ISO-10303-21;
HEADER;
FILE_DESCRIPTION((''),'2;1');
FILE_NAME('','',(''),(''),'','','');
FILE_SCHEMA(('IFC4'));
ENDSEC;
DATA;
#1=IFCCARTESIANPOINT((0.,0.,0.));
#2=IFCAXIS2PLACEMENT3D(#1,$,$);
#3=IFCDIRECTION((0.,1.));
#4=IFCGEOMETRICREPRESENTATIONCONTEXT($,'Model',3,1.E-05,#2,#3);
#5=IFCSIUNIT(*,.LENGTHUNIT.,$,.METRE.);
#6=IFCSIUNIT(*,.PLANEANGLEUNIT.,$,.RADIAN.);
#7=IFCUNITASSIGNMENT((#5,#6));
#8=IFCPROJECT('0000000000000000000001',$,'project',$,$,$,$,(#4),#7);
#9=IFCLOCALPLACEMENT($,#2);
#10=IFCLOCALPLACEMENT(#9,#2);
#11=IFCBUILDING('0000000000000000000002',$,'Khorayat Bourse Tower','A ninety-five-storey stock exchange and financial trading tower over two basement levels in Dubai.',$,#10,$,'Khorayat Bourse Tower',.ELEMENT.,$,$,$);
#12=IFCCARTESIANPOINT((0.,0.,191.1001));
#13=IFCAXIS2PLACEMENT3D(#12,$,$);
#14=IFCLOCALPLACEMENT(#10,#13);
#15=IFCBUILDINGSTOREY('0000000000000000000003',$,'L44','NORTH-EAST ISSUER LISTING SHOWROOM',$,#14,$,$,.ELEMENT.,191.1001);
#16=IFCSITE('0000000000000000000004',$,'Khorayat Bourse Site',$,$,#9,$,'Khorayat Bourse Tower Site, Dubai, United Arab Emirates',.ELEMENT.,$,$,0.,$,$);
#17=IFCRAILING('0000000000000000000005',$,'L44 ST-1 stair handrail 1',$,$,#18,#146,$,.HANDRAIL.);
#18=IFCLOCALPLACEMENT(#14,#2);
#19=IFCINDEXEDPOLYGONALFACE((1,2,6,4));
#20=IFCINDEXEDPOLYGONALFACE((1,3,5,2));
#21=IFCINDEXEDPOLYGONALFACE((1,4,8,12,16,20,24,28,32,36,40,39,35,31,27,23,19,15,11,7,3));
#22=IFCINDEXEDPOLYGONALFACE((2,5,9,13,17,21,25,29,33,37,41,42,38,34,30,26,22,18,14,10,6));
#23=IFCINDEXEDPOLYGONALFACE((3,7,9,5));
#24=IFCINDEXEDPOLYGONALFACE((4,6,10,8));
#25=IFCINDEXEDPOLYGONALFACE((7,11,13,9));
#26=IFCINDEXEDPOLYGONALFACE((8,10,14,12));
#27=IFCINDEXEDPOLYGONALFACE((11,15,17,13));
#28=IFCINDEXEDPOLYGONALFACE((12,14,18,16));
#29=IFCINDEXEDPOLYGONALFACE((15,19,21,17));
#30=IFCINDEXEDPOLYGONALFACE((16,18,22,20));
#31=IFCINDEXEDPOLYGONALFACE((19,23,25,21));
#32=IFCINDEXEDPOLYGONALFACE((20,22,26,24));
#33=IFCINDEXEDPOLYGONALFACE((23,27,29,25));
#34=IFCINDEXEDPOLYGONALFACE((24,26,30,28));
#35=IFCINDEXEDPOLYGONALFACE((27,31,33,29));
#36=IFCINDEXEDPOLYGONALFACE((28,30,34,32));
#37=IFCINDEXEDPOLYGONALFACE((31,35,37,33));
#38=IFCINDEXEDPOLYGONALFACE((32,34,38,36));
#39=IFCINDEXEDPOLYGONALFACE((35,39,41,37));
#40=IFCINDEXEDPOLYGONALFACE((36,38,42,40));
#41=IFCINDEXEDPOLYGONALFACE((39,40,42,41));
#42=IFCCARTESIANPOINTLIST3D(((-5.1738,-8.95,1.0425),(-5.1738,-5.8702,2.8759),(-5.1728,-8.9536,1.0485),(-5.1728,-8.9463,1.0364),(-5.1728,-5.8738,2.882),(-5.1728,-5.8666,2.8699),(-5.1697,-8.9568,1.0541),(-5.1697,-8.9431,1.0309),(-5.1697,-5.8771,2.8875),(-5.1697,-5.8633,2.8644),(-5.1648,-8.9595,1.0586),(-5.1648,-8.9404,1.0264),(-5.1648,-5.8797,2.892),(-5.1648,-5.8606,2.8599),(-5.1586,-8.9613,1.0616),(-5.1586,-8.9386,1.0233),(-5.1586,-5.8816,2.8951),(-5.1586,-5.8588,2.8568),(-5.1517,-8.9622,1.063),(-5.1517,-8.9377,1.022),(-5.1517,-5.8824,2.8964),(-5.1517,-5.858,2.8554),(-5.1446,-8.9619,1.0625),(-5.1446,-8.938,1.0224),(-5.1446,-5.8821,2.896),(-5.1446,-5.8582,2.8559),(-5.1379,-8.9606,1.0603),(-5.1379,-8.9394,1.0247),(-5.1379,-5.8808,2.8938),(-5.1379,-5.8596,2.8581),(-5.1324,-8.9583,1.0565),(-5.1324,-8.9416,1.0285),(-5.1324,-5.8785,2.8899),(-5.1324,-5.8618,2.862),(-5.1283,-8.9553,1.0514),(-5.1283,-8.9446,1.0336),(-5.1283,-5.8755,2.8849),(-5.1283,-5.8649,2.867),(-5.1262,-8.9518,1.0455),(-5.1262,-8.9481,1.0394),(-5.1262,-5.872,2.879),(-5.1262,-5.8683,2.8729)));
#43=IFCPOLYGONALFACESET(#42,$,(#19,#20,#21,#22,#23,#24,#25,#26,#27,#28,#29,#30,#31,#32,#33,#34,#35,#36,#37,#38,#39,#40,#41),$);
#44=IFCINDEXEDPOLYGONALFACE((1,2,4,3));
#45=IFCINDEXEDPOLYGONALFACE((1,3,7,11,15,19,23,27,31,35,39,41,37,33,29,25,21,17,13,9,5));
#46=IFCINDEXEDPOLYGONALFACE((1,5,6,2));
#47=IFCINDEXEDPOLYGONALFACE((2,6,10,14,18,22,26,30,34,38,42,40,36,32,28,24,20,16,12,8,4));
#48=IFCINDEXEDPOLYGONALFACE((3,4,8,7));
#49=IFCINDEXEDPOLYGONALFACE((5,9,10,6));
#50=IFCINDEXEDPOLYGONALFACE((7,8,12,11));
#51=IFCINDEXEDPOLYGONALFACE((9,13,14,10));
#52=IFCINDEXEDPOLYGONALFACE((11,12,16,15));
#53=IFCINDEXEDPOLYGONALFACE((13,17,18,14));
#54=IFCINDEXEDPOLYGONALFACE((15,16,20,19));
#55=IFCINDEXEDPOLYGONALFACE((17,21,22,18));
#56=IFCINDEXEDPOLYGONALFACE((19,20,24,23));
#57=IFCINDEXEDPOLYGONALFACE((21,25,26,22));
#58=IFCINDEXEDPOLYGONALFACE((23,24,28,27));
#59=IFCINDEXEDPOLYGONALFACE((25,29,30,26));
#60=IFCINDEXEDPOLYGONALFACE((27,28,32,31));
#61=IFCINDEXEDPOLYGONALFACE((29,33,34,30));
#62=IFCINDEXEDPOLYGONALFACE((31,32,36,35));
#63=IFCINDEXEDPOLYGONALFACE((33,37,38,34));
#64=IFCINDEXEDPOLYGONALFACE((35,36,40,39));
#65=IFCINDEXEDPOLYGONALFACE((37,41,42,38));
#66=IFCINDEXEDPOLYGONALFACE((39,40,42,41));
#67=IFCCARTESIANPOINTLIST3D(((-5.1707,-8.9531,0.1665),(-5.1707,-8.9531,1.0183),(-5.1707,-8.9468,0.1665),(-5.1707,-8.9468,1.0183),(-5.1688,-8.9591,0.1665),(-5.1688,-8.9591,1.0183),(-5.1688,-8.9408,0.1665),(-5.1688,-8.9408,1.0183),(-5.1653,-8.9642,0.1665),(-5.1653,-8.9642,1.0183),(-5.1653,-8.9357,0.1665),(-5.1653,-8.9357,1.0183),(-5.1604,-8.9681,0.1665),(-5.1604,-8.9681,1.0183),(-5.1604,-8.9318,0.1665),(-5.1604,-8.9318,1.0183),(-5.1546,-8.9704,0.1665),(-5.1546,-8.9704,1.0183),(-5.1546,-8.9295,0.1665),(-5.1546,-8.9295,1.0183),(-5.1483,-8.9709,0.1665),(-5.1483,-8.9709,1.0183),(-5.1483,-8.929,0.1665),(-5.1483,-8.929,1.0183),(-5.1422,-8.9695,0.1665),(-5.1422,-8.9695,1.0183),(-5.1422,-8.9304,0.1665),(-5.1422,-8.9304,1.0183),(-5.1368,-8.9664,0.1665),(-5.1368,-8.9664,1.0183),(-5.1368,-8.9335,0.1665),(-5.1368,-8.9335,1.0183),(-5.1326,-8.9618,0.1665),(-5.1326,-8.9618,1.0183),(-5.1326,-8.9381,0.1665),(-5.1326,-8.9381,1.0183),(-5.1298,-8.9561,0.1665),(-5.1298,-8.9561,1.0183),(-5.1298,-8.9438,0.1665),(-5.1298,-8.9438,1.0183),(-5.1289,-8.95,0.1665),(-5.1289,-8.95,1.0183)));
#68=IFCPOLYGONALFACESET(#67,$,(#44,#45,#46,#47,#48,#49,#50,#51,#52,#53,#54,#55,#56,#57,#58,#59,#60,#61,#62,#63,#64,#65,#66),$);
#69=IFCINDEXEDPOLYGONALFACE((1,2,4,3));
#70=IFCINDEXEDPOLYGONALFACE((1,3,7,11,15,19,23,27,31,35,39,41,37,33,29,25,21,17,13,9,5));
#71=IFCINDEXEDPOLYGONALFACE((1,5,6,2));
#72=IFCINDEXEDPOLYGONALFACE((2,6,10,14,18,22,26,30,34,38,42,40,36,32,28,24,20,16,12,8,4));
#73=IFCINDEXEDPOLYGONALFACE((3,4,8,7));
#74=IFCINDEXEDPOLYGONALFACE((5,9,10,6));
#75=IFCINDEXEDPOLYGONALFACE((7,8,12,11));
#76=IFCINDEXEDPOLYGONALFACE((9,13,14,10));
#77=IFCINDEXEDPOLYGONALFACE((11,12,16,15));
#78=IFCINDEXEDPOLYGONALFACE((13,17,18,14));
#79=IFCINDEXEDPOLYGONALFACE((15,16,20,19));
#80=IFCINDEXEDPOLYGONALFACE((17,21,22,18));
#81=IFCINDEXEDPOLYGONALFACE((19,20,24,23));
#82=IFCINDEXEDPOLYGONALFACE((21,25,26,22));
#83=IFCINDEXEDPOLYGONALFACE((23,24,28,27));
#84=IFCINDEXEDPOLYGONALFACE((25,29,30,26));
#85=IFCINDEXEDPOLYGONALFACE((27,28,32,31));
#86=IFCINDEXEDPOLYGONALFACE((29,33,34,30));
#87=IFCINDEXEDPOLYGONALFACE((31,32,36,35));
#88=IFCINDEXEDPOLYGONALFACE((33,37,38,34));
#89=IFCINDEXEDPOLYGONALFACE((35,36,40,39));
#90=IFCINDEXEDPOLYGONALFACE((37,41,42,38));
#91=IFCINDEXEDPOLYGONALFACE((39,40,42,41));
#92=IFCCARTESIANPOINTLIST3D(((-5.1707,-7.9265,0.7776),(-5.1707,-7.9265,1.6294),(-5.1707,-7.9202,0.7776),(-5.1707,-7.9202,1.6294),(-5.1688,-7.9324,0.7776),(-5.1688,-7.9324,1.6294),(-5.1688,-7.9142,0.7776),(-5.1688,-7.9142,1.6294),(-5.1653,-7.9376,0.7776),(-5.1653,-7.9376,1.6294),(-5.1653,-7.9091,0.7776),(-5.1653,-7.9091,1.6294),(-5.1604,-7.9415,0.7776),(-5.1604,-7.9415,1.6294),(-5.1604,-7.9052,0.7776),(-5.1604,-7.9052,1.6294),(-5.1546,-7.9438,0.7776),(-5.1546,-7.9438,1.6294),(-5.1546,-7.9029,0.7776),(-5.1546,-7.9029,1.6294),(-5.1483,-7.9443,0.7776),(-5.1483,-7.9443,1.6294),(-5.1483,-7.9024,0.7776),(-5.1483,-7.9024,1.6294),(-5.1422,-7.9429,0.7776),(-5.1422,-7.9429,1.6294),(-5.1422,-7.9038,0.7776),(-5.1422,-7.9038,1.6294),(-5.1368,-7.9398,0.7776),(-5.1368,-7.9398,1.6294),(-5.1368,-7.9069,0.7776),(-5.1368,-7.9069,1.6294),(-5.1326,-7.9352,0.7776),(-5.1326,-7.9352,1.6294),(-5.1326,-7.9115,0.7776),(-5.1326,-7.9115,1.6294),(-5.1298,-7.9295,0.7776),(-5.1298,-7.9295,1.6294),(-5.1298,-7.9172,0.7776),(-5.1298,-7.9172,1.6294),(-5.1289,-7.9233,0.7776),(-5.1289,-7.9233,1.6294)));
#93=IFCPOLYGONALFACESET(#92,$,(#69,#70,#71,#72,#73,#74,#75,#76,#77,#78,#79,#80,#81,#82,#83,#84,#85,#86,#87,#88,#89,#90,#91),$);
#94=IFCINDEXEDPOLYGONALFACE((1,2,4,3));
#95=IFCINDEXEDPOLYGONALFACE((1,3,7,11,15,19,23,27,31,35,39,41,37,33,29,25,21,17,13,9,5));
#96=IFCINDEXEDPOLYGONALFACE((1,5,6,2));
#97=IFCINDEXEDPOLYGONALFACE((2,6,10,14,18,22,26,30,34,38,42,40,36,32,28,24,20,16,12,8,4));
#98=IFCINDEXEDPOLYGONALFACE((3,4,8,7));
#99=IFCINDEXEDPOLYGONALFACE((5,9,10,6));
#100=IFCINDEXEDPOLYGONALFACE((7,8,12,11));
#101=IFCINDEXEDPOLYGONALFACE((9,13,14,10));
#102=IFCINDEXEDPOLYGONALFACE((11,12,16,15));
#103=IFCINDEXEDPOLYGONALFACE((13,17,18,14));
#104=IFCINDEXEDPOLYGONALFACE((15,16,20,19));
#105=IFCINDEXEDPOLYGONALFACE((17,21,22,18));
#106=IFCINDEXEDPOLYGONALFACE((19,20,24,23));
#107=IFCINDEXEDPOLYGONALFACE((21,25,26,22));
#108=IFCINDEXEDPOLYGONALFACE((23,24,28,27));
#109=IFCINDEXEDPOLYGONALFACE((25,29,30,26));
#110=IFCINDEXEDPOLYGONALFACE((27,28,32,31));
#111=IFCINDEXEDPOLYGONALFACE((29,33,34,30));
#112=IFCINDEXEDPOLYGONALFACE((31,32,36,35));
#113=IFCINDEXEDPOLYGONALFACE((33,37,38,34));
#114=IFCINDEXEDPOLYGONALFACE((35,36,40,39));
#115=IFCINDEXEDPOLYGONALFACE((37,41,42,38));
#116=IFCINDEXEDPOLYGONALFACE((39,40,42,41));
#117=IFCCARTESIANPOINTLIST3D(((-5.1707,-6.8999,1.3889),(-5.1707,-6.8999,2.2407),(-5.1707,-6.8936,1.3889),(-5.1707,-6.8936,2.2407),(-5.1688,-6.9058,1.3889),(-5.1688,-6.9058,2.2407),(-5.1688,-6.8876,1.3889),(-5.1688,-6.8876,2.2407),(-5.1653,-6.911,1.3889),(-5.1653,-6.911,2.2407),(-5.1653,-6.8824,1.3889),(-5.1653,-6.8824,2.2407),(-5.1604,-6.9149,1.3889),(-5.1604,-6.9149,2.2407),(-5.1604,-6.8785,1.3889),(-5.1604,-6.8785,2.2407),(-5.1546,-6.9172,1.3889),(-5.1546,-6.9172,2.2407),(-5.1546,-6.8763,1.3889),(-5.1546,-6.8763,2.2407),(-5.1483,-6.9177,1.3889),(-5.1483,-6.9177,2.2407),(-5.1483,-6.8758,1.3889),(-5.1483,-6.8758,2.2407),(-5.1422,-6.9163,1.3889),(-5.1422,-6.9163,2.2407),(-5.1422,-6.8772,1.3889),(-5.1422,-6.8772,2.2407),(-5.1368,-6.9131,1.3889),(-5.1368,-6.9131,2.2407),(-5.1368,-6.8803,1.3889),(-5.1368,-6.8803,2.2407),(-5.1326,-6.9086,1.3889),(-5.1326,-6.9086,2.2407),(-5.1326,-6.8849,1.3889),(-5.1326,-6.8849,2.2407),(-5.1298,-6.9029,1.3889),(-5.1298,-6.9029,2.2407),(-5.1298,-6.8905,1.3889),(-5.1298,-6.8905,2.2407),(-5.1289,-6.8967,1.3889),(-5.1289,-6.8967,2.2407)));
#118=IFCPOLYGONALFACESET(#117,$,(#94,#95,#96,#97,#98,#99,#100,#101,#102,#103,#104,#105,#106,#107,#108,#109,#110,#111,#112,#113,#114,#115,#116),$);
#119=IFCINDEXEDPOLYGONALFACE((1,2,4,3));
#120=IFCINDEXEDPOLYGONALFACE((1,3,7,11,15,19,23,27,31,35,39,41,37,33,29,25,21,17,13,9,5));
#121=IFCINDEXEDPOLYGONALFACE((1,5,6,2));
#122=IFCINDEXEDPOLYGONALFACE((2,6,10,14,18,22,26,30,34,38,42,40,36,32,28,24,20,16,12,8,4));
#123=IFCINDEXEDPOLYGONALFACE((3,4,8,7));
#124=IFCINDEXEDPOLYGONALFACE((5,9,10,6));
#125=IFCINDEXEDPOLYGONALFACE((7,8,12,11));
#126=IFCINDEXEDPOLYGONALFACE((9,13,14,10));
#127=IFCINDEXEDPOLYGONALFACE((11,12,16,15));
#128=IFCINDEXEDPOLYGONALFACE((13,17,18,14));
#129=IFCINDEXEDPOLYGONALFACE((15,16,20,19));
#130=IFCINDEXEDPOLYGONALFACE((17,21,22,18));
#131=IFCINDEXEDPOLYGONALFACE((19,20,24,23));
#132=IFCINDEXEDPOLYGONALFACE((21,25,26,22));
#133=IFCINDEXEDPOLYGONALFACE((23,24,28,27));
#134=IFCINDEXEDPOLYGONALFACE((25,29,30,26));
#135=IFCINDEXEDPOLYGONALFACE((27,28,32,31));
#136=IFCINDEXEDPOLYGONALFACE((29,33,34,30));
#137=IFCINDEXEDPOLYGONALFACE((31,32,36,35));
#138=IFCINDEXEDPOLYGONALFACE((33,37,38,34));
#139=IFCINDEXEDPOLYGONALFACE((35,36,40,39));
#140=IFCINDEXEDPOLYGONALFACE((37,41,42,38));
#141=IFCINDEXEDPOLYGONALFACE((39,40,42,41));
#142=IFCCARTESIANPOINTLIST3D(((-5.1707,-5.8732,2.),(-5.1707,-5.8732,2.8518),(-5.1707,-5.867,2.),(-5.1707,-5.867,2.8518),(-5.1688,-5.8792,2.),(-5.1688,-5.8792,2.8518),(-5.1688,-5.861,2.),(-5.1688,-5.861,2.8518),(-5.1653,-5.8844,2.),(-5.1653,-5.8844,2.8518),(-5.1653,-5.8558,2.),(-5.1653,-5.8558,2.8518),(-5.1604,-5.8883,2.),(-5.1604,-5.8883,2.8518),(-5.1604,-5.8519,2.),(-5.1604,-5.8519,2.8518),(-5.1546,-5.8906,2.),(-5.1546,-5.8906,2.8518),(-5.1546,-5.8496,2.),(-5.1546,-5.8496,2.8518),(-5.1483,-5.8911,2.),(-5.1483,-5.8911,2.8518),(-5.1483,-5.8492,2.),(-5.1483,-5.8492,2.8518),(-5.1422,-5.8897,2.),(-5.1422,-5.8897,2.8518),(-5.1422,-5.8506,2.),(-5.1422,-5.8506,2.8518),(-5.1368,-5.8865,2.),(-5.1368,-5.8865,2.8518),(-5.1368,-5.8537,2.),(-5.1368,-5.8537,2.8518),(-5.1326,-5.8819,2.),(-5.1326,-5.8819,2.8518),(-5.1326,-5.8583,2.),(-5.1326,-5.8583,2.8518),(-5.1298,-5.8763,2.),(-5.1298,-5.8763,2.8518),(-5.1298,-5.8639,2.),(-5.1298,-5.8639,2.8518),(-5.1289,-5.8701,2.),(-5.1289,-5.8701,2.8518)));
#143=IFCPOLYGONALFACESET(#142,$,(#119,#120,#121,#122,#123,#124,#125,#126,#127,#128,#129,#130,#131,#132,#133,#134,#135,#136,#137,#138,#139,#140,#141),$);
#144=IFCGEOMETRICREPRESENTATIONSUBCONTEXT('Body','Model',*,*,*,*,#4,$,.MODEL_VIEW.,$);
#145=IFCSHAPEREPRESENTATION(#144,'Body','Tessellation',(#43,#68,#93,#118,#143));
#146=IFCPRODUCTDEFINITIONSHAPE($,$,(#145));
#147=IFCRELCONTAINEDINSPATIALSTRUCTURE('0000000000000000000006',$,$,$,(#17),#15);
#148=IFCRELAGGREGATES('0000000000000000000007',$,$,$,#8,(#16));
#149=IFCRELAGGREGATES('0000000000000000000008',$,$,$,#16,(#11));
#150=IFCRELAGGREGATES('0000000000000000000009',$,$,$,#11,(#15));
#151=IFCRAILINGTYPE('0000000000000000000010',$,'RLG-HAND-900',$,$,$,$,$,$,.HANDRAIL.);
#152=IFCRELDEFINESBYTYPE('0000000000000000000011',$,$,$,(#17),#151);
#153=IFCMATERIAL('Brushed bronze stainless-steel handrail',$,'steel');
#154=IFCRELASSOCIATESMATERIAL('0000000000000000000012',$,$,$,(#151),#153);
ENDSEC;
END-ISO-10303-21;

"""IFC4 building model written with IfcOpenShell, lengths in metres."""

from ifc_helpers import new_model, si_unit, direction, frame, origin, origin_2d, place, context, subcontext, project, spatial, circle, extrude, source, transform, mapped, material, type_object, element, save


model = new_model("IFC4")

# Units and contexts
model_context = context("Model", 3, precision=1e-05, world=origin(), true_north=direction((0.0, 1.0)))
body_context = subcontext(model_context, "Body", "Model", "MODEL_VIEW")
ifc_project = project(units=[si_unit("LENGTHUNIT", "METRE"), si_unit("PLANEANGLEUNIT", "RADIAN")], contexts=[model_context])

# Site, building, storey
site_placement = place(None, origin())
site = spatial("IfcSite", under=ifc_project, at=site_placement, Name="Khorayat Bourse Site", LongName="Khorayat Bourse Tower Site, Dubai, United Arab Emirates", CompositionType="ELEMENT", RefElevation=0.0)
building_placement = place(site_placement, origin())
building = spatial("IfcBuilding", under=site, at=building_placement, Name="Khorayat Bourse Tower", Description="A ninety-five-storey stock exchange and financial trading tower over two basement levels in Dubai.", LongName="Khorayat Bourse Tower", CompositionType="ELEMENT")
storey_placement = place(building_placement, frame((0.0, 0.0, 191.1001)))
storey = spatial("IfcBuildingStorey", under=building, at=storey_placement, Name="L44", Description="NORTH-EAST ISSUER LISTING SHOWROOM", CompositionType="ELEMENT", Elevation=191.1001)

# Railing
ifc_material_1 = material(Name="Brushed bronze stainless-steel handrail", Category="steel")
railing_type_1 = type_object("IfcRailingType", Name="RLG-HAND-900", PredefinedType="HANDRAIL", material=ifc_material_1)
shared_shape_1 = source(origin(), body_context, "Body", "SweptSolid", [
    extrude(circle(Radius=0.0239, at=origin_2d()), frame((0.0, 0.0, 0.876), z_axis=(0.0, 0.859261, 0.511538), x_axis=(-1.0, 0.0, 0.0)), (0.0, 0.0, 1.0), 3.5842),
    extrude(circle(Radius=0.021, at=origin_2d()), origin(), (0.0, 0.0, 1.0), 0.8518),
    extrude(circle(Radius=0.021, at=origin_2d()), frame((0.0, 1.0266, 0.6111)), (0.0, 0.0, 1.0), 0.8518),
    extrude(circle(Radius=0.021, at=origin_2d()), frame((0.0, 2.0532, 1.2224)), (0.0, 0.0, 1.0), 0.8518),
    extrude(circle(Radius=0.021, at=origin_2d()), frame((0.0, 3.0798, 1.8335)), (0.0, 0.0, 1.0), 0.8518),
])
railing_1_placement = place(storey_placement, frame((-5.1499, -8.95, 0.1665)))
element("IfcRailing", 1, at=railing_1_placement, inside=storey, type_object=railing_type_1, Name="L44 ST-1 stair handrail 1", PredefinedType="HANDRAIL", context=body_context, shape_type="MappedRepresentation", body=[
    mapped(shared_shape_1, transform((0.0, 0.0, 0.0), scale=1.0)),
])

save(model, "model.ifc")
